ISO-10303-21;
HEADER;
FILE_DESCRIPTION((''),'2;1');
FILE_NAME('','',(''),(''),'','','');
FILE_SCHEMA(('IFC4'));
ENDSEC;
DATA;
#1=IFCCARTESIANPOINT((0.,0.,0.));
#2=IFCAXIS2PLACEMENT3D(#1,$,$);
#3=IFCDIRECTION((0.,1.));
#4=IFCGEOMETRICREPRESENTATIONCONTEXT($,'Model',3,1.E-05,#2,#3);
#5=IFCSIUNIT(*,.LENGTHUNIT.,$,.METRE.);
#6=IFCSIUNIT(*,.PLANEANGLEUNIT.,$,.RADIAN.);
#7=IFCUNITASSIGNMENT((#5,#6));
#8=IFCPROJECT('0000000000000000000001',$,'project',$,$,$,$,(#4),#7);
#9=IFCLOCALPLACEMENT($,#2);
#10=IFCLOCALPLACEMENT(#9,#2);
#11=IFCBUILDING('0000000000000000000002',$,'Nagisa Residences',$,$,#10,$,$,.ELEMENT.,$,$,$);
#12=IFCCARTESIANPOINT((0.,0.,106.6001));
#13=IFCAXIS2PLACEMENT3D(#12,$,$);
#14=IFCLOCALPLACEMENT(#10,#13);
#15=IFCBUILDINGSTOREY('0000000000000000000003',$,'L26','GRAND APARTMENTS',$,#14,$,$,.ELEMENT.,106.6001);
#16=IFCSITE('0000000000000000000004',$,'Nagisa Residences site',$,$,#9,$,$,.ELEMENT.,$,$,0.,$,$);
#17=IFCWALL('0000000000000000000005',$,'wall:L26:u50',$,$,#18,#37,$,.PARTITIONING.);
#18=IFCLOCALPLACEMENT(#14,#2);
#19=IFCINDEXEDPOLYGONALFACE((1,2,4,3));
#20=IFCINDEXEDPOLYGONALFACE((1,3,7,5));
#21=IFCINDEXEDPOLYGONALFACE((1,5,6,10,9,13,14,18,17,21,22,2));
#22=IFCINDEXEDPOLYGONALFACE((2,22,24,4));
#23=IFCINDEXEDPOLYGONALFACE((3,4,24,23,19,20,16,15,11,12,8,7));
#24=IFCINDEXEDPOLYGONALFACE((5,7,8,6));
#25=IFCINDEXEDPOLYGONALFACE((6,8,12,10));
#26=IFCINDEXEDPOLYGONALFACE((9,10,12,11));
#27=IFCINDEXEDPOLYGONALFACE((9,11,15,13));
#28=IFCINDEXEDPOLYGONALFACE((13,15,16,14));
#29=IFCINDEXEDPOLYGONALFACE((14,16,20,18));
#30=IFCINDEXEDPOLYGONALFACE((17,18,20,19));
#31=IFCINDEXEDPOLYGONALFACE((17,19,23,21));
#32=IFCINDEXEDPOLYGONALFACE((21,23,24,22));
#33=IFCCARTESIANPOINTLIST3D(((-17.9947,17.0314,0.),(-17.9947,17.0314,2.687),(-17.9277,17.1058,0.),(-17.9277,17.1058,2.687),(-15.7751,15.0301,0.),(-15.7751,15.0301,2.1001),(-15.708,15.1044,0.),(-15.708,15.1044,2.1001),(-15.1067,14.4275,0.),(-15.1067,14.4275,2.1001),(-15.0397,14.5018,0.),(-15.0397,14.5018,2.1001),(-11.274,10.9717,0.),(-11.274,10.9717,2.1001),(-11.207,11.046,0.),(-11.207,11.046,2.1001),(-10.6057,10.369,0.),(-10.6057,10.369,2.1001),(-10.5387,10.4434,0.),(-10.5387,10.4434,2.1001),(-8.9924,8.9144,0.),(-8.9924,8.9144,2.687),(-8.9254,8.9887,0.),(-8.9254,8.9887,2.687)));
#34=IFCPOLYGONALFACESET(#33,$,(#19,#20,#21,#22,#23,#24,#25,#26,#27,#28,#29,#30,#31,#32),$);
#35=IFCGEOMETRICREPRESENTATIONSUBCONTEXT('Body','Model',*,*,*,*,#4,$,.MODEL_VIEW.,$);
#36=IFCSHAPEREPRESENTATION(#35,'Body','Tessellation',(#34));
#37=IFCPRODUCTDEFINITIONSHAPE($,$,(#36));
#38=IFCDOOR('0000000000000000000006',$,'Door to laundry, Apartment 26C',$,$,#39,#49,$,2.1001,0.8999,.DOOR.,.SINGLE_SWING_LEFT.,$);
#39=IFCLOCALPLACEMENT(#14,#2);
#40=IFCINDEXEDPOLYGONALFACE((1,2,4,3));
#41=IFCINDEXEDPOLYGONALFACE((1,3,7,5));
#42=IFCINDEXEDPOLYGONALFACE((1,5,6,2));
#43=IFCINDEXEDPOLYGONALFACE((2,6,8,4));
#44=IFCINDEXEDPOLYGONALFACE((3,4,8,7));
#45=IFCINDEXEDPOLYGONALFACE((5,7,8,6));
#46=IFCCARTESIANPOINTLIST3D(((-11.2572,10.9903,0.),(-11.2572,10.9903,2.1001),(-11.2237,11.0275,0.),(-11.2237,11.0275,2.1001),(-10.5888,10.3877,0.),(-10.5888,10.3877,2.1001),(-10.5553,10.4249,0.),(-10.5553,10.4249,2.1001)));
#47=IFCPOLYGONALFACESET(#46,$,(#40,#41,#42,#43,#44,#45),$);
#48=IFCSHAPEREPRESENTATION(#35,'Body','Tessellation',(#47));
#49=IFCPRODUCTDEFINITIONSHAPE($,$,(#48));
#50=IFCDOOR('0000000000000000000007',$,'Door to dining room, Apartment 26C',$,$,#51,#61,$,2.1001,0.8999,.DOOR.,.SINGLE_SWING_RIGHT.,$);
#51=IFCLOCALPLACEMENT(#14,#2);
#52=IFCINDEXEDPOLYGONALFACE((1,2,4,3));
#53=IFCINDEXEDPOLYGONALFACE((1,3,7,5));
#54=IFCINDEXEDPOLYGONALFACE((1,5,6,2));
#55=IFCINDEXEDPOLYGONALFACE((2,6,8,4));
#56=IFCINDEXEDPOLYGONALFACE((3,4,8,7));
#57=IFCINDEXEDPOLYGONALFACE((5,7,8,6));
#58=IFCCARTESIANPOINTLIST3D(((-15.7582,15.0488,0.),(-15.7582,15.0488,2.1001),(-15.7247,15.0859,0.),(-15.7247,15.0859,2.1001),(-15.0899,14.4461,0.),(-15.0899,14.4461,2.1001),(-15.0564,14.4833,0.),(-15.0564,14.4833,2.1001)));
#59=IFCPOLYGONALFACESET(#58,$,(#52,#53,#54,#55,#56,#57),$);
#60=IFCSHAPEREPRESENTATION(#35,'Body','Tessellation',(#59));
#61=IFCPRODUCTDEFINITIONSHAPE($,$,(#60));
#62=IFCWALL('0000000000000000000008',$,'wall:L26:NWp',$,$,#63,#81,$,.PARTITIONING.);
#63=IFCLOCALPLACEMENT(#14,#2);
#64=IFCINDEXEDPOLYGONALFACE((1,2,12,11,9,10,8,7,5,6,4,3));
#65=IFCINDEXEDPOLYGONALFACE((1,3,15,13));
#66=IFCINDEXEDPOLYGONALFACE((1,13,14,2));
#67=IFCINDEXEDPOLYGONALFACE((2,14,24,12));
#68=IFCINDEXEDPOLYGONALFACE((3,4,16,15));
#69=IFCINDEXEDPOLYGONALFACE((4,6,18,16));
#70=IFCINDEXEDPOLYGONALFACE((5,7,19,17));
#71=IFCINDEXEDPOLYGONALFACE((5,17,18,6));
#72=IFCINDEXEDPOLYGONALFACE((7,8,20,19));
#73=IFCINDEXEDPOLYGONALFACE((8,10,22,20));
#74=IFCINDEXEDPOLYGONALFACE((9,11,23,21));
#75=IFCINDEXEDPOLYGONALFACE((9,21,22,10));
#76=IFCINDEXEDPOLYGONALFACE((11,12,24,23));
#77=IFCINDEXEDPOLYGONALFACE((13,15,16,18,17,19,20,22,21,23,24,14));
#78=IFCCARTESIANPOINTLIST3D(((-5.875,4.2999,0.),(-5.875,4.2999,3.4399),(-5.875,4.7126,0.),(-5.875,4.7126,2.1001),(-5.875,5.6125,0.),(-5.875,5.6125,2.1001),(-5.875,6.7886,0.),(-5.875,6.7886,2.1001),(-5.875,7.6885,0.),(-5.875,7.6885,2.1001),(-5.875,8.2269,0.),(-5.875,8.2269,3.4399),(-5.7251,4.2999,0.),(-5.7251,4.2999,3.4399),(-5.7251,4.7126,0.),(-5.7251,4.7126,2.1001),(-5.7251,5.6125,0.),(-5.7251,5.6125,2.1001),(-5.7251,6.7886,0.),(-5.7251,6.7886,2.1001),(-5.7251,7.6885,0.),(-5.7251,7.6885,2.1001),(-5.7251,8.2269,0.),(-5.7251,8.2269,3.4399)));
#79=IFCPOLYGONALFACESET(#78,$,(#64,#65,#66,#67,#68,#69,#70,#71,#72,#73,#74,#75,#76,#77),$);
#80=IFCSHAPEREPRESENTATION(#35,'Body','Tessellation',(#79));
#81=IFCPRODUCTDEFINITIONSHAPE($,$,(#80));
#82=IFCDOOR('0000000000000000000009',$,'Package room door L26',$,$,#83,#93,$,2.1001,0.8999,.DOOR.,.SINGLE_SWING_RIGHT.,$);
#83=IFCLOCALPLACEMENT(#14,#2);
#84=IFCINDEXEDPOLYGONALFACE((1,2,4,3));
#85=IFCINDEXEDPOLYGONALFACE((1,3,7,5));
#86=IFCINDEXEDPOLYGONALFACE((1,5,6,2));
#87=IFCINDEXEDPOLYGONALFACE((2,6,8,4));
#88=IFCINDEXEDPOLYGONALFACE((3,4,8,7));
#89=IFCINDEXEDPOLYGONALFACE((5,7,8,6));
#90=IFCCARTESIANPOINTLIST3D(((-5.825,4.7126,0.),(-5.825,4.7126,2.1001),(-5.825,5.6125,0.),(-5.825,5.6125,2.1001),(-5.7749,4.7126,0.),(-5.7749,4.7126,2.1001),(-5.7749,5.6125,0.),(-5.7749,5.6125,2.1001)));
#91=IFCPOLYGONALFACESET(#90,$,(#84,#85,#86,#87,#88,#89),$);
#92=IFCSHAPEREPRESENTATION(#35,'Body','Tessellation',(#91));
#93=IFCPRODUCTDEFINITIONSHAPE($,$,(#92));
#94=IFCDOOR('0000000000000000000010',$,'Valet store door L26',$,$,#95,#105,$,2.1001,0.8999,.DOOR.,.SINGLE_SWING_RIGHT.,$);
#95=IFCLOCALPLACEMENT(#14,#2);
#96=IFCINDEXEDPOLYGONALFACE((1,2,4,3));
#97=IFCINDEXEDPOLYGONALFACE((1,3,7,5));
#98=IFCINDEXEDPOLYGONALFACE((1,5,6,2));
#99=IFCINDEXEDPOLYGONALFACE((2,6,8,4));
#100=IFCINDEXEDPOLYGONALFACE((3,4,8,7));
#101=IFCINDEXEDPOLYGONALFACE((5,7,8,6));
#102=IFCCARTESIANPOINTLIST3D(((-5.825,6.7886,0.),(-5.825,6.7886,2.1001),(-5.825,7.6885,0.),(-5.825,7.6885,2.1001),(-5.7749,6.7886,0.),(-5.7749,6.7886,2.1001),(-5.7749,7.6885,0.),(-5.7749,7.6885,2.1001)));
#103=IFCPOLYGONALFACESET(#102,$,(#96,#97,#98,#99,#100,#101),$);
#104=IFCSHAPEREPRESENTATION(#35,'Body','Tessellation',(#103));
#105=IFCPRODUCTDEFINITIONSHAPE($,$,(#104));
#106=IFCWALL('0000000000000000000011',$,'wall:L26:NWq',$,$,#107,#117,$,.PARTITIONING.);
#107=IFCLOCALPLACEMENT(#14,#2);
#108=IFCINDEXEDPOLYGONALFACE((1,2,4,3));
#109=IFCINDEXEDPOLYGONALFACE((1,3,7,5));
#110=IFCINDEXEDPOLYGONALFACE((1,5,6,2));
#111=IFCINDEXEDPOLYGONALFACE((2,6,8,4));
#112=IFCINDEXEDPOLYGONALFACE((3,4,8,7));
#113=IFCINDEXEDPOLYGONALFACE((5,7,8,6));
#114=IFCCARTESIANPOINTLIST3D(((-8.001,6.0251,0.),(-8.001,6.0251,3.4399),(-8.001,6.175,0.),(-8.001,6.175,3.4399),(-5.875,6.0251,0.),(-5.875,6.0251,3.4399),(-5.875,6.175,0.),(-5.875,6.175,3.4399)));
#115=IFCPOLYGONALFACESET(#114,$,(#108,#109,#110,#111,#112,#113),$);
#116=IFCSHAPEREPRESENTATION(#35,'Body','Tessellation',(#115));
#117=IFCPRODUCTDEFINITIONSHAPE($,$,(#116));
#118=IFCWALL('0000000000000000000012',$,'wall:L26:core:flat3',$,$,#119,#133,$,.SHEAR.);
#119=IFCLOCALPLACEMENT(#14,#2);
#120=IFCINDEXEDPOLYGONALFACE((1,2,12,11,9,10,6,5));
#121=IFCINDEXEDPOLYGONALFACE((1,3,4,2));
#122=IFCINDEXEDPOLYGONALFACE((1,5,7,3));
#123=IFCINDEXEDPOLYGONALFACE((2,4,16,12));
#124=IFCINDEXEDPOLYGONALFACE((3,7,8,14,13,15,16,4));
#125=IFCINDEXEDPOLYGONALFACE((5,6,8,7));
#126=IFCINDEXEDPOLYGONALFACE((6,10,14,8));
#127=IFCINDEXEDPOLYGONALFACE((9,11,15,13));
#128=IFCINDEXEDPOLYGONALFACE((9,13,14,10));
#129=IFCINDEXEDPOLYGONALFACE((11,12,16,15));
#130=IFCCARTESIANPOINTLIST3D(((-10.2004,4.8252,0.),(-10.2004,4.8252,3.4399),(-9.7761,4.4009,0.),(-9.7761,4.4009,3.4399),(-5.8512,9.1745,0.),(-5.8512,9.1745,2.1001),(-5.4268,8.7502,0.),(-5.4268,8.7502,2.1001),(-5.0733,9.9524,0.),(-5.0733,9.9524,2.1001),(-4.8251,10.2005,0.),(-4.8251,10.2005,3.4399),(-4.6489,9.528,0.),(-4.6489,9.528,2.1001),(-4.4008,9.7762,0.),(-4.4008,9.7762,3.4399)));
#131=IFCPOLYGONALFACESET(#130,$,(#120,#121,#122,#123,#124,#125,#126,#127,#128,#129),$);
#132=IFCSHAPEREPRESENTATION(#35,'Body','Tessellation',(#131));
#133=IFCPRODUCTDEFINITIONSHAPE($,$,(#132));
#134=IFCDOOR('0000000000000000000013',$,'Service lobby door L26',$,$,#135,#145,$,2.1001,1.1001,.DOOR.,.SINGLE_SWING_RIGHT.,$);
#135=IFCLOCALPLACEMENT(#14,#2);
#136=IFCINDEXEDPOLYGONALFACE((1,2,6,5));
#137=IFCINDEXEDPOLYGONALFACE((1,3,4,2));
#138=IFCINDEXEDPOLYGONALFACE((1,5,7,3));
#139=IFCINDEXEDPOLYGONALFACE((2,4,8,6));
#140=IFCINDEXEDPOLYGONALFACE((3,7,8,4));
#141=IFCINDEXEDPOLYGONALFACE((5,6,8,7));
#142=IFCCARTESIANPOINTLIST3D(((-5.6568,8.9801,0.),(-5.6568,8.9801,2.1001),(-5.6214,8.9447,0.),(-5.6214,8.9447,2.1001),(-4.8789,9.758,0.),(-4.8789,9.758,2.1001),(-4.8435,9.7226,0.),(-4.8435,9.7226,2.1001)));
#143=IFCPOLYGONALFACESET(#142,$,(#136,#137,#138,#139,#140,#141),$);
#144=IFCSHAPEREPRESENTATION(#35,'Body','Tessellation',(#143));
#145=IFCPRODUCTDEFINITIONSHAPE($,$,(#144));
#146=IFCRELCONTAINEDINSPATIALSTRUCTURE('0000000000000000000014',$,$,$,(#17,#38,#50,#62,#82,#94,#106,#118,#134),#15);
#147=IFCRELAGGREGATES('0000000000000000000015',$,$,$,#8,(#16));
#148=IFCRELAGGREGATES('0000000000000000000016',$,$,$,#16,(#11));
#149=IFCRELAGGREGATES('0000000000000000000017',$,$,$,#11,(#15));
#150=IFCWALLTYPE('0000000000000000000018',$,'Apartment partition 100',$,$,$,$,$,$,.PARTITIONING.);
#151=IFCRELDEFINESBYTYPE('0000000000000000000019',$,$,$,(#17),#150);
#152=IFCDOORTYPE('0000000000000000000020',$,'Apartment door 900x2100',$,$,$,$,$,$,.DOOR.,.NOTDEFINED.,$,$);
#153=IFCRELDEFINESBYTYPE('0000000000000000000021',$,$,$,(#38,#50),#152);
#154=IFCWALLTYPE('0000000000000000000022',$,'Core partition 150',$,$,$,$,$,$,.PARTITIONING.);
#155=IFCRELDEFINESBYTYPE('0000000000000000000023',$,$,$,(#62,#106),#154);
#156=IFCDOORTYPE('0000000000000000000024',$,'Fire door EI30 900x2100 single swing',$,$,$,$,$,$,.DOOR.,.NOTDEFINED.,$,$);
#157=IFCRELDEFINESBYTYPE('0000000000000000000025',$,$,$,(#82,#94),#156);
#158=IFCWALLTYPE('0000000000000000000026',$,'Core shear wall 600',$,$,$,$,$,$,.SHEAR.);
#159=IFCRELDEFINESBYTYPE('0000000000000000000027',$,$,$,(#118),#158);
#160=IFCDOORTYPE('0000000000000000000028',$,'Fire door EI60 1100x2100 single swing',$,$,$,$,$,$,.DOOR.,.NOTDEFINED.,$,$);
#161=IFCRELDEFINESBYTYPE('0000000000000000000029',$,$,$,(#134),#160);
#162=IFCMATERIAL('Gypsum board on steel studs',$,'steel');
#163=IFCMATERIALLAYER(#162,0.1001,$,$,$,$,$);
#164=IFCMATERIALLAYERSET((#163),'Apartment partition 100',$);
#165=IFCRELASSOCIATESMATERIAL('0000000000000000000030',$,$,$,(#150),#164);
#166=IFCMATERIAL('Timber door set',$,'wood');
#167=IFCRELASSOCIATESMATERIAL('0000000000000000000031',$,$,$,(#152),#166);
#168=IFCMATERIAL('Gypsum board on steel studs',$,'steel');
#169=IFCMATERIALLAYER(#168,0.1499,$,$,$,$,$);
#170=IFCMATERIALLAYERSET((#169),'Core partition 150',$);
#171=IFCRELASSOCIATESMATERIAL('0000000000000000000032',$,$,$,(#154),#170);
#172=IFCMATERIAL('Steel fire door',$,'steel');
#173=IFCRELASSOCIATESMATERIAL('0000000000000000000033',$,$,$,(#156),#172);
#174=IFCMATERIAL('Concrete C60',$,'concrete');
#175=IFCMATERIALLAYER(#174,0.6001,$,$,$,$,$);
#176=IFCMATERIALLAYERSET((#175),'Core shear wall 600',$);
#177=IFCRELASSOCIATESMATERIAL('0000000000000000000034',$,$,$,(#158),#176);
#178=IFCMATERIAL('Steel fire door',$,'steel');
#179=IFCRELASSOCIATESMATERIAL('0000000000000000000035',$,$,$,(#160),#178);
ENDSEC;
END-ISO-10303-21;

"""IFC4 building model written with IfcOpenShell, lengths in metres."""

from ifc_helpers import new_model, si_unit, direction, frame, frame_2d, origin, place, context, subcontext, project, spatial, rectangle, extrude, material, layer, layer_set, type_object, element, fill, save


model = new_model("IFC4")

# Units and contexts
model_context = context("Model", 3, precision=1e-05, world=origin(), true_north=direction((0.0, 1.0)))
body_context = subcontext(model_context, "Body", "Model", "MODEL_VIEW")
ifc_project = project(units=[si_unit("LENGTHUNIT", "METRE"), si_unit("PLANEANGLEUNIT", "RADIAN")], contexts=[model_context])

# Site, building, storey
site_placement = place(None, origin())
site = spatial("IfcSite", under=ifc_project, at=site_placement, Name="Nagisa Residences site", CompositionType="ELEMENT", RefElevation=0.0)
building_placement = place(site_placement, origin())
building = spatial("IfcBuilding", under=site, at=building_placement, Name="Nagisa Residences", CompositionType="ELEMENT")
storey_placement = place(building_placement, frame((0.0, 0.0, 106.6001)))
storey = spatial("IfcBuildingStorey", under=building, at=storey_placement, Name="L26", Description="GRAND APARTMENTS", CompositionType="ELEMENT", Elevation=106.6001)

# Shared definitions
ifc_material_1 = material(Name="Gypsum board on steel studs", Category="steel")
ifc_layer_1 = layer(ifc_material_1, 0.1001)
ifc_layer_set_1 = layer_set([ifc_layer_1], Name="Apartment partition 100")
wall_type_1 = type_object("IfcWallType", Name="Apartment partition 100", PredefinedType="PARTITIONING", material=ifc_layer_set_1)
ifc_material_2 = material(Name="Timber door set", Category="wood")
door_type_1 = type_object("IfcDoorType", Name="Apartment door 900x2100", OperationType="NOTDEFINED", PredefinedType="DOOR", material=ifc_material_2)

# Walls, openings, doors
wall_1_placement = place(storey_placement, frame((-8.959, 8.9517, 0.0), z_axis=(0.0, 0.0, 1.0), x_axis=(-0.74268, 0.669647, 0.0)))
wall_1 = element("IfcWall", 1, at=wall_1_placement, inside=storey, type_object=wall_type_1, Name="wall:L26:u50", PredefinedType="PARTITIONING", context=body_context, shape_type="SweptSolid", body=[
    extrude(rectangle(XDim=12.1213, YDim=0.1001, at=frame_2d((6.0605, 0.0))), origin(), (0.0, 0.0, 1.0), 2.687),
])
opening_1_placement = place(wall_1_placement, frame((2.1721, 0.0, 0.0)))
opening_1 = element("IfcOpeningElement", 2, at=opening_1_placement, cuts=wall_1, PredefinedType="OPENING", context=body_context, shape_type="SweptSolid", body=[
    extrude(rectangle(XDim=0.8999, YDim=2.1001, at=frame_2d((0.45, 1.05))), frame((0.0, 0.0601, 0.0), z_axis=(0.0, -1.0, 0.0), x_axis=(1.0, 0.0, 0.0)), (0.0, 0.0, 1.0), 0.1201),
])
opening_2_placement = place(wall_1_placement, frame((8.2327, 0.0, 0.0)))
opening_2 = element("IfcOpeningElement", 3, at=opening_2_placement, cuts=wall_1, PredefinedType="OPENING", context=body_context, shape_type="SweptSolid", body=[
    extrude(rectangle(XDim=0.8999, YDim=2.1001, at=frame_2d((0.45, 1.05))), frame((0.0, 0.0601, 0.0), z_axis=(0.0, -1.0, 0.0), x_axis=(1.0, 0.0, 0.0)), (0.0, 0.0, 1.0), 0.1201),
])
door_1_placement = place(opening_1_placement, origin())
door_1 = element("IfcDoor", 4, at=door_1_placement, inside=storey, type_object=door_type_1, Name="Door to laundry, Apartment 26C", OperationType="SINGLE_SWING_LEFT", OverallHeight=2.1001, OverallWidth=0.8999, PredefinedType="DOOR", context=body_context, shape_type="SweptSolid", body=[
    extrude(rectangle(XDim=0.8999, YDim=2.1001, at=frame_2d((0.45, 1.05))), frame((0.0, 0.0249, 0.0), z_axis=(0.0, -1.0, 0.0), x_axis=(1.0, 0.0, 0.0)), (0.0, 0.0, 1.0), 0.05),
])
fill(opening_1, door_1)
door_2_placement = place(opening_2_placement, origin())
door_2 = element("IfcDoor", 5, at=door_2_placement, inside=storey, type_object=door_type_1, Name="Door to dining room, Apartment 26C", OperationType="SINGLE_SWING_RIGHT", OverallHeight=2.1001, OverallWidth=0.8999, PredefinedType="DOOR", context=body_context, shape_type="SweptSolid", body=[
    extrude(rectangle(XDim=0.8999, YDim=2.1001, at=frame_2d((0.45, 1.05))), frame((0.0, 0.0249, 0.0), z_axis=(0.0, -1.0, 0.0), x_axis=(1.0, 0.0, 0.0)), (0.0, 0.0, 1.0), 0.05),
])
fill(opening_2, door_2)
ifc_material_3 = material(Name="Gypsum board on steel studs", Category="steel")
ifc_layer_2 = layer(ifc_material_3, 0.1499)
ifc_layer_set_2 = layer_set([ifc_layer_2], Name="Core partition 150")
wall_type_2 = type_object("IfcWallType", Name="Core partition 150", PredefinedType="PARTITIONING", material=ifc_layer_set_2)
wall_2_placement = place(storey_placement, frame((-5.8, 4.3, 0.0), z_axis=(0.0, 0.0, 1.0), x_axis=(0.0, 1.0, 0.0)))
wall_2 = element("IfcWall", 6, at=wall_2_placement, inside=storey, type_object=wall_type_2, Name="wall:L26:NWp", PredefinedType="PARTITIONING", context=body_context, shape_type="SweptSolid", body=[
    extrude(rectangle(XDim=3.927, YDim=0.1499, at=frame_2d((1.9634, 0.0))), origin(), (0.0, 0.0, 1.0), 3.4399),
])
opening_3_placement = place(wall_2_placement, frame((0.4126, 0.0, 0.0)))
opening_3 = element("IfcOpeningElement", 7, at=opening_3_placement, cuts=wall_2, PredefinedType="OPENING", context=body_context, shape_type="SweptSolid", body=[
    extrude(rectangle(XDim=0.8999, YDim=2.1001, at=frame_2d((0.45, 1.05))), frame((0.0, 0.085, 0.0), z_axis=(0.0, -1.0, 0.0), x_axis=(1.0, 0.0, 0.0)), (0.0, 0.0, 1.0), 0.1699),
])
opening_4_placement = place(wall_2_placement, frame((2.4885, 0.0, 0.0)))
opening_4 = element("IfcOpeningElement", 8, at=opening_4_placement, cuts=wall_2, PredefinedType="OPENING", context=body_context, shape_type="SweptSolid", body=[
    extrude(rectangle(XDim=0.8999, YDim=2.1001, at=frame_2d((0.45, 1.05))), frame((0.0, 0.085, 0.0), z_axis=(0.0, -1.0, 0.0), x_axis=(1.0, 0.0, 0.0)), (0.0, 0.0, 1.0), 0.1699),
])
ifc_material_4 = material(Name="Steel fire door", Category="steel")
door_type_2 = type_object("IfcDoorType", Name="Fire door EI30 900x2100 single swing", OperationType="NOTDEFINED", PredefinedType="DOOR", material=ifc_material_4)
door_3_placement = place(opening_3_placement, origin())
door_3 = element("IfcDoor", 9, at=door_3_placement, inside=storey, type_object=door_type_2, Name="Package room door L26", OperationType="SINGLE_SWING_RIGHT", OverallHeight=2.1001, OverallWidth=0.8999, PredefinedType="DOOR", context=body_context, shape_type="SweptSolid", body=[
    extrude(rectangle(XDim=0.8999, YDim=2.1001, at=frame_2d((0.45, 1.05))), frame((0.0, 0.0249, 0.0), z_axis=(0.0, -1.0, 0.0), x_axis=(1.0, 0.0, 0.0)), (0.0, 0.0, 1.0), 0.05),
])
fill(opening_3, door_3)
door_4_placement = place(opening_4_placement, origin())
door_4 = element("IfcDoor", 10, at=door_4_placement, inside=storey, type_object=door_type_2, Name="Valet store door L26", OperationType="SINGLE_SWING_RIGHT", OverallHeight=2.1001, OverallWidth=0.8999, PredefinedType="DOOR", context=body_context, shape_type="SweptSolid", body=[
    extrude(rectangle(XDim=0.8999, YDim=2.1001, at=frame_2d((0.45, 1.05))), frame((0.0, 0.0249, 0.0), z_axis=(0.0, -1.0, 0.0), x_axis=(1.0, 0.0, 0.0)), (0.0, 0.0, 1.0), 0.05),
])
fill(opening_4, door_4)

# Wall
wall_3_placement = place(storey_placement, frame((-8.001, 6.1001, 0.0), z_axis=(0.0, 0.0, 1.0), x_axis=(1.0, 0.0, 0.0)))
element("IfcWall", 11, at=wall_3_placement, inside=storey, type_object=wall_type_2, Name="wall:L26:NWq", PredefinedType="PARTITIONING", context=body_context, shape_type="SweptSolid", body=[
    extrude(rectangle(XDim=2.126, YDim=0.1499, at=frame_2d((1.063, 0.0))), origin(), (0.0, 0.0, 1.0), 3.4399),
])

# Wall, opening, door
ifc_material_5 = material(Name="Concrete C60", Category="concrete")
ifc_layer_3 = layer(ifc_material_5, 0.6001)
ifc_layer_set_3 = layer_set([ifc_layer_3], Name="Core shear wall 600")
wall_type_3 = type_object("IfcWallType", Name="Core shear wall 600", PredefinedType="SHEAR", material=ifc_layer_set_3)
wall_4_placement = place(storey_placement, frame((-4.613, 9.9883, 0.0), z_axis=(0.0, 0.0, 1.0), x_axis=(-0.707107, -0.707107, 0.0)))
wall_4 = element("IfcWall", 12, at=wall_4_placement, inside=storey, type_object=wall_type_3, Name="wall:L26:core:flat3", PredefinedType="SHEAR", context=body_context, shape_type="SweptSolid", body=[
    extrude(rectangle(XDim=7.6018, YDim=0.6001, at=frame_2d((3.8008, 0.0))), origin(), (0.0, 0.0, 1.0), 3.4399),
])
opening_5_placement = place(wall_4_placement, frame((0.3508, 0.0, 0.0)))
opening_5 = element("IfcOpeningElement", 13, at=opening_5_placement, cuts=wall_4, PredefinedType="OPENING", context=body_context, shape_type="SweptSolid", body=[
    extrude(rectangle(XDim=1.1001, YDim=2.1001, at=frame_2d((0.55, 1.05))), frame((0.0, 0.3101, 0.0), z_axis=(0.0, -1.0, 0.0), x_axis=(1.0, 0.0, 0.0)), (0.0, 0.0, 1.0), 0.6201),
])
ifc_material_6 = material(Name="Steel fire door", Category="steel")
door_type_3 = type_object("IfcDoorType", Name="Fire door EI60 1100x2100 single swing", OperationType="NOTDEFINED", PredefinedType="DOOR", material=ifc_material_6)
door_5_placement = place(opening_5_placement, origin())
door_5 = element("IfcDoor", 14, at=door_5_placement, inside=storey, type_object=door_type_3, Name="Service lobby door L26", OperationType="SINGLE_SWING_RIGHT", OverallHeight=2.1001, OverallWidth=1.1001, PredefinedType="DOOR", context=body_context, shape_type="SweptSolid", body=[
    extrude(rectangle(XDim=1.1001, YDim=2.1001, at=frame_2d((0.55, 1.05))), frame((0.0, 0.0249, 0.0), z_axis=(0.0, -1.0, 0.0), x_axis=(1.0, 0.0, 0.0)), (0.0, 0.0, 1.0), 0.05),
])
fill(opening_5, door_5)

save(model, "model.ifc")
